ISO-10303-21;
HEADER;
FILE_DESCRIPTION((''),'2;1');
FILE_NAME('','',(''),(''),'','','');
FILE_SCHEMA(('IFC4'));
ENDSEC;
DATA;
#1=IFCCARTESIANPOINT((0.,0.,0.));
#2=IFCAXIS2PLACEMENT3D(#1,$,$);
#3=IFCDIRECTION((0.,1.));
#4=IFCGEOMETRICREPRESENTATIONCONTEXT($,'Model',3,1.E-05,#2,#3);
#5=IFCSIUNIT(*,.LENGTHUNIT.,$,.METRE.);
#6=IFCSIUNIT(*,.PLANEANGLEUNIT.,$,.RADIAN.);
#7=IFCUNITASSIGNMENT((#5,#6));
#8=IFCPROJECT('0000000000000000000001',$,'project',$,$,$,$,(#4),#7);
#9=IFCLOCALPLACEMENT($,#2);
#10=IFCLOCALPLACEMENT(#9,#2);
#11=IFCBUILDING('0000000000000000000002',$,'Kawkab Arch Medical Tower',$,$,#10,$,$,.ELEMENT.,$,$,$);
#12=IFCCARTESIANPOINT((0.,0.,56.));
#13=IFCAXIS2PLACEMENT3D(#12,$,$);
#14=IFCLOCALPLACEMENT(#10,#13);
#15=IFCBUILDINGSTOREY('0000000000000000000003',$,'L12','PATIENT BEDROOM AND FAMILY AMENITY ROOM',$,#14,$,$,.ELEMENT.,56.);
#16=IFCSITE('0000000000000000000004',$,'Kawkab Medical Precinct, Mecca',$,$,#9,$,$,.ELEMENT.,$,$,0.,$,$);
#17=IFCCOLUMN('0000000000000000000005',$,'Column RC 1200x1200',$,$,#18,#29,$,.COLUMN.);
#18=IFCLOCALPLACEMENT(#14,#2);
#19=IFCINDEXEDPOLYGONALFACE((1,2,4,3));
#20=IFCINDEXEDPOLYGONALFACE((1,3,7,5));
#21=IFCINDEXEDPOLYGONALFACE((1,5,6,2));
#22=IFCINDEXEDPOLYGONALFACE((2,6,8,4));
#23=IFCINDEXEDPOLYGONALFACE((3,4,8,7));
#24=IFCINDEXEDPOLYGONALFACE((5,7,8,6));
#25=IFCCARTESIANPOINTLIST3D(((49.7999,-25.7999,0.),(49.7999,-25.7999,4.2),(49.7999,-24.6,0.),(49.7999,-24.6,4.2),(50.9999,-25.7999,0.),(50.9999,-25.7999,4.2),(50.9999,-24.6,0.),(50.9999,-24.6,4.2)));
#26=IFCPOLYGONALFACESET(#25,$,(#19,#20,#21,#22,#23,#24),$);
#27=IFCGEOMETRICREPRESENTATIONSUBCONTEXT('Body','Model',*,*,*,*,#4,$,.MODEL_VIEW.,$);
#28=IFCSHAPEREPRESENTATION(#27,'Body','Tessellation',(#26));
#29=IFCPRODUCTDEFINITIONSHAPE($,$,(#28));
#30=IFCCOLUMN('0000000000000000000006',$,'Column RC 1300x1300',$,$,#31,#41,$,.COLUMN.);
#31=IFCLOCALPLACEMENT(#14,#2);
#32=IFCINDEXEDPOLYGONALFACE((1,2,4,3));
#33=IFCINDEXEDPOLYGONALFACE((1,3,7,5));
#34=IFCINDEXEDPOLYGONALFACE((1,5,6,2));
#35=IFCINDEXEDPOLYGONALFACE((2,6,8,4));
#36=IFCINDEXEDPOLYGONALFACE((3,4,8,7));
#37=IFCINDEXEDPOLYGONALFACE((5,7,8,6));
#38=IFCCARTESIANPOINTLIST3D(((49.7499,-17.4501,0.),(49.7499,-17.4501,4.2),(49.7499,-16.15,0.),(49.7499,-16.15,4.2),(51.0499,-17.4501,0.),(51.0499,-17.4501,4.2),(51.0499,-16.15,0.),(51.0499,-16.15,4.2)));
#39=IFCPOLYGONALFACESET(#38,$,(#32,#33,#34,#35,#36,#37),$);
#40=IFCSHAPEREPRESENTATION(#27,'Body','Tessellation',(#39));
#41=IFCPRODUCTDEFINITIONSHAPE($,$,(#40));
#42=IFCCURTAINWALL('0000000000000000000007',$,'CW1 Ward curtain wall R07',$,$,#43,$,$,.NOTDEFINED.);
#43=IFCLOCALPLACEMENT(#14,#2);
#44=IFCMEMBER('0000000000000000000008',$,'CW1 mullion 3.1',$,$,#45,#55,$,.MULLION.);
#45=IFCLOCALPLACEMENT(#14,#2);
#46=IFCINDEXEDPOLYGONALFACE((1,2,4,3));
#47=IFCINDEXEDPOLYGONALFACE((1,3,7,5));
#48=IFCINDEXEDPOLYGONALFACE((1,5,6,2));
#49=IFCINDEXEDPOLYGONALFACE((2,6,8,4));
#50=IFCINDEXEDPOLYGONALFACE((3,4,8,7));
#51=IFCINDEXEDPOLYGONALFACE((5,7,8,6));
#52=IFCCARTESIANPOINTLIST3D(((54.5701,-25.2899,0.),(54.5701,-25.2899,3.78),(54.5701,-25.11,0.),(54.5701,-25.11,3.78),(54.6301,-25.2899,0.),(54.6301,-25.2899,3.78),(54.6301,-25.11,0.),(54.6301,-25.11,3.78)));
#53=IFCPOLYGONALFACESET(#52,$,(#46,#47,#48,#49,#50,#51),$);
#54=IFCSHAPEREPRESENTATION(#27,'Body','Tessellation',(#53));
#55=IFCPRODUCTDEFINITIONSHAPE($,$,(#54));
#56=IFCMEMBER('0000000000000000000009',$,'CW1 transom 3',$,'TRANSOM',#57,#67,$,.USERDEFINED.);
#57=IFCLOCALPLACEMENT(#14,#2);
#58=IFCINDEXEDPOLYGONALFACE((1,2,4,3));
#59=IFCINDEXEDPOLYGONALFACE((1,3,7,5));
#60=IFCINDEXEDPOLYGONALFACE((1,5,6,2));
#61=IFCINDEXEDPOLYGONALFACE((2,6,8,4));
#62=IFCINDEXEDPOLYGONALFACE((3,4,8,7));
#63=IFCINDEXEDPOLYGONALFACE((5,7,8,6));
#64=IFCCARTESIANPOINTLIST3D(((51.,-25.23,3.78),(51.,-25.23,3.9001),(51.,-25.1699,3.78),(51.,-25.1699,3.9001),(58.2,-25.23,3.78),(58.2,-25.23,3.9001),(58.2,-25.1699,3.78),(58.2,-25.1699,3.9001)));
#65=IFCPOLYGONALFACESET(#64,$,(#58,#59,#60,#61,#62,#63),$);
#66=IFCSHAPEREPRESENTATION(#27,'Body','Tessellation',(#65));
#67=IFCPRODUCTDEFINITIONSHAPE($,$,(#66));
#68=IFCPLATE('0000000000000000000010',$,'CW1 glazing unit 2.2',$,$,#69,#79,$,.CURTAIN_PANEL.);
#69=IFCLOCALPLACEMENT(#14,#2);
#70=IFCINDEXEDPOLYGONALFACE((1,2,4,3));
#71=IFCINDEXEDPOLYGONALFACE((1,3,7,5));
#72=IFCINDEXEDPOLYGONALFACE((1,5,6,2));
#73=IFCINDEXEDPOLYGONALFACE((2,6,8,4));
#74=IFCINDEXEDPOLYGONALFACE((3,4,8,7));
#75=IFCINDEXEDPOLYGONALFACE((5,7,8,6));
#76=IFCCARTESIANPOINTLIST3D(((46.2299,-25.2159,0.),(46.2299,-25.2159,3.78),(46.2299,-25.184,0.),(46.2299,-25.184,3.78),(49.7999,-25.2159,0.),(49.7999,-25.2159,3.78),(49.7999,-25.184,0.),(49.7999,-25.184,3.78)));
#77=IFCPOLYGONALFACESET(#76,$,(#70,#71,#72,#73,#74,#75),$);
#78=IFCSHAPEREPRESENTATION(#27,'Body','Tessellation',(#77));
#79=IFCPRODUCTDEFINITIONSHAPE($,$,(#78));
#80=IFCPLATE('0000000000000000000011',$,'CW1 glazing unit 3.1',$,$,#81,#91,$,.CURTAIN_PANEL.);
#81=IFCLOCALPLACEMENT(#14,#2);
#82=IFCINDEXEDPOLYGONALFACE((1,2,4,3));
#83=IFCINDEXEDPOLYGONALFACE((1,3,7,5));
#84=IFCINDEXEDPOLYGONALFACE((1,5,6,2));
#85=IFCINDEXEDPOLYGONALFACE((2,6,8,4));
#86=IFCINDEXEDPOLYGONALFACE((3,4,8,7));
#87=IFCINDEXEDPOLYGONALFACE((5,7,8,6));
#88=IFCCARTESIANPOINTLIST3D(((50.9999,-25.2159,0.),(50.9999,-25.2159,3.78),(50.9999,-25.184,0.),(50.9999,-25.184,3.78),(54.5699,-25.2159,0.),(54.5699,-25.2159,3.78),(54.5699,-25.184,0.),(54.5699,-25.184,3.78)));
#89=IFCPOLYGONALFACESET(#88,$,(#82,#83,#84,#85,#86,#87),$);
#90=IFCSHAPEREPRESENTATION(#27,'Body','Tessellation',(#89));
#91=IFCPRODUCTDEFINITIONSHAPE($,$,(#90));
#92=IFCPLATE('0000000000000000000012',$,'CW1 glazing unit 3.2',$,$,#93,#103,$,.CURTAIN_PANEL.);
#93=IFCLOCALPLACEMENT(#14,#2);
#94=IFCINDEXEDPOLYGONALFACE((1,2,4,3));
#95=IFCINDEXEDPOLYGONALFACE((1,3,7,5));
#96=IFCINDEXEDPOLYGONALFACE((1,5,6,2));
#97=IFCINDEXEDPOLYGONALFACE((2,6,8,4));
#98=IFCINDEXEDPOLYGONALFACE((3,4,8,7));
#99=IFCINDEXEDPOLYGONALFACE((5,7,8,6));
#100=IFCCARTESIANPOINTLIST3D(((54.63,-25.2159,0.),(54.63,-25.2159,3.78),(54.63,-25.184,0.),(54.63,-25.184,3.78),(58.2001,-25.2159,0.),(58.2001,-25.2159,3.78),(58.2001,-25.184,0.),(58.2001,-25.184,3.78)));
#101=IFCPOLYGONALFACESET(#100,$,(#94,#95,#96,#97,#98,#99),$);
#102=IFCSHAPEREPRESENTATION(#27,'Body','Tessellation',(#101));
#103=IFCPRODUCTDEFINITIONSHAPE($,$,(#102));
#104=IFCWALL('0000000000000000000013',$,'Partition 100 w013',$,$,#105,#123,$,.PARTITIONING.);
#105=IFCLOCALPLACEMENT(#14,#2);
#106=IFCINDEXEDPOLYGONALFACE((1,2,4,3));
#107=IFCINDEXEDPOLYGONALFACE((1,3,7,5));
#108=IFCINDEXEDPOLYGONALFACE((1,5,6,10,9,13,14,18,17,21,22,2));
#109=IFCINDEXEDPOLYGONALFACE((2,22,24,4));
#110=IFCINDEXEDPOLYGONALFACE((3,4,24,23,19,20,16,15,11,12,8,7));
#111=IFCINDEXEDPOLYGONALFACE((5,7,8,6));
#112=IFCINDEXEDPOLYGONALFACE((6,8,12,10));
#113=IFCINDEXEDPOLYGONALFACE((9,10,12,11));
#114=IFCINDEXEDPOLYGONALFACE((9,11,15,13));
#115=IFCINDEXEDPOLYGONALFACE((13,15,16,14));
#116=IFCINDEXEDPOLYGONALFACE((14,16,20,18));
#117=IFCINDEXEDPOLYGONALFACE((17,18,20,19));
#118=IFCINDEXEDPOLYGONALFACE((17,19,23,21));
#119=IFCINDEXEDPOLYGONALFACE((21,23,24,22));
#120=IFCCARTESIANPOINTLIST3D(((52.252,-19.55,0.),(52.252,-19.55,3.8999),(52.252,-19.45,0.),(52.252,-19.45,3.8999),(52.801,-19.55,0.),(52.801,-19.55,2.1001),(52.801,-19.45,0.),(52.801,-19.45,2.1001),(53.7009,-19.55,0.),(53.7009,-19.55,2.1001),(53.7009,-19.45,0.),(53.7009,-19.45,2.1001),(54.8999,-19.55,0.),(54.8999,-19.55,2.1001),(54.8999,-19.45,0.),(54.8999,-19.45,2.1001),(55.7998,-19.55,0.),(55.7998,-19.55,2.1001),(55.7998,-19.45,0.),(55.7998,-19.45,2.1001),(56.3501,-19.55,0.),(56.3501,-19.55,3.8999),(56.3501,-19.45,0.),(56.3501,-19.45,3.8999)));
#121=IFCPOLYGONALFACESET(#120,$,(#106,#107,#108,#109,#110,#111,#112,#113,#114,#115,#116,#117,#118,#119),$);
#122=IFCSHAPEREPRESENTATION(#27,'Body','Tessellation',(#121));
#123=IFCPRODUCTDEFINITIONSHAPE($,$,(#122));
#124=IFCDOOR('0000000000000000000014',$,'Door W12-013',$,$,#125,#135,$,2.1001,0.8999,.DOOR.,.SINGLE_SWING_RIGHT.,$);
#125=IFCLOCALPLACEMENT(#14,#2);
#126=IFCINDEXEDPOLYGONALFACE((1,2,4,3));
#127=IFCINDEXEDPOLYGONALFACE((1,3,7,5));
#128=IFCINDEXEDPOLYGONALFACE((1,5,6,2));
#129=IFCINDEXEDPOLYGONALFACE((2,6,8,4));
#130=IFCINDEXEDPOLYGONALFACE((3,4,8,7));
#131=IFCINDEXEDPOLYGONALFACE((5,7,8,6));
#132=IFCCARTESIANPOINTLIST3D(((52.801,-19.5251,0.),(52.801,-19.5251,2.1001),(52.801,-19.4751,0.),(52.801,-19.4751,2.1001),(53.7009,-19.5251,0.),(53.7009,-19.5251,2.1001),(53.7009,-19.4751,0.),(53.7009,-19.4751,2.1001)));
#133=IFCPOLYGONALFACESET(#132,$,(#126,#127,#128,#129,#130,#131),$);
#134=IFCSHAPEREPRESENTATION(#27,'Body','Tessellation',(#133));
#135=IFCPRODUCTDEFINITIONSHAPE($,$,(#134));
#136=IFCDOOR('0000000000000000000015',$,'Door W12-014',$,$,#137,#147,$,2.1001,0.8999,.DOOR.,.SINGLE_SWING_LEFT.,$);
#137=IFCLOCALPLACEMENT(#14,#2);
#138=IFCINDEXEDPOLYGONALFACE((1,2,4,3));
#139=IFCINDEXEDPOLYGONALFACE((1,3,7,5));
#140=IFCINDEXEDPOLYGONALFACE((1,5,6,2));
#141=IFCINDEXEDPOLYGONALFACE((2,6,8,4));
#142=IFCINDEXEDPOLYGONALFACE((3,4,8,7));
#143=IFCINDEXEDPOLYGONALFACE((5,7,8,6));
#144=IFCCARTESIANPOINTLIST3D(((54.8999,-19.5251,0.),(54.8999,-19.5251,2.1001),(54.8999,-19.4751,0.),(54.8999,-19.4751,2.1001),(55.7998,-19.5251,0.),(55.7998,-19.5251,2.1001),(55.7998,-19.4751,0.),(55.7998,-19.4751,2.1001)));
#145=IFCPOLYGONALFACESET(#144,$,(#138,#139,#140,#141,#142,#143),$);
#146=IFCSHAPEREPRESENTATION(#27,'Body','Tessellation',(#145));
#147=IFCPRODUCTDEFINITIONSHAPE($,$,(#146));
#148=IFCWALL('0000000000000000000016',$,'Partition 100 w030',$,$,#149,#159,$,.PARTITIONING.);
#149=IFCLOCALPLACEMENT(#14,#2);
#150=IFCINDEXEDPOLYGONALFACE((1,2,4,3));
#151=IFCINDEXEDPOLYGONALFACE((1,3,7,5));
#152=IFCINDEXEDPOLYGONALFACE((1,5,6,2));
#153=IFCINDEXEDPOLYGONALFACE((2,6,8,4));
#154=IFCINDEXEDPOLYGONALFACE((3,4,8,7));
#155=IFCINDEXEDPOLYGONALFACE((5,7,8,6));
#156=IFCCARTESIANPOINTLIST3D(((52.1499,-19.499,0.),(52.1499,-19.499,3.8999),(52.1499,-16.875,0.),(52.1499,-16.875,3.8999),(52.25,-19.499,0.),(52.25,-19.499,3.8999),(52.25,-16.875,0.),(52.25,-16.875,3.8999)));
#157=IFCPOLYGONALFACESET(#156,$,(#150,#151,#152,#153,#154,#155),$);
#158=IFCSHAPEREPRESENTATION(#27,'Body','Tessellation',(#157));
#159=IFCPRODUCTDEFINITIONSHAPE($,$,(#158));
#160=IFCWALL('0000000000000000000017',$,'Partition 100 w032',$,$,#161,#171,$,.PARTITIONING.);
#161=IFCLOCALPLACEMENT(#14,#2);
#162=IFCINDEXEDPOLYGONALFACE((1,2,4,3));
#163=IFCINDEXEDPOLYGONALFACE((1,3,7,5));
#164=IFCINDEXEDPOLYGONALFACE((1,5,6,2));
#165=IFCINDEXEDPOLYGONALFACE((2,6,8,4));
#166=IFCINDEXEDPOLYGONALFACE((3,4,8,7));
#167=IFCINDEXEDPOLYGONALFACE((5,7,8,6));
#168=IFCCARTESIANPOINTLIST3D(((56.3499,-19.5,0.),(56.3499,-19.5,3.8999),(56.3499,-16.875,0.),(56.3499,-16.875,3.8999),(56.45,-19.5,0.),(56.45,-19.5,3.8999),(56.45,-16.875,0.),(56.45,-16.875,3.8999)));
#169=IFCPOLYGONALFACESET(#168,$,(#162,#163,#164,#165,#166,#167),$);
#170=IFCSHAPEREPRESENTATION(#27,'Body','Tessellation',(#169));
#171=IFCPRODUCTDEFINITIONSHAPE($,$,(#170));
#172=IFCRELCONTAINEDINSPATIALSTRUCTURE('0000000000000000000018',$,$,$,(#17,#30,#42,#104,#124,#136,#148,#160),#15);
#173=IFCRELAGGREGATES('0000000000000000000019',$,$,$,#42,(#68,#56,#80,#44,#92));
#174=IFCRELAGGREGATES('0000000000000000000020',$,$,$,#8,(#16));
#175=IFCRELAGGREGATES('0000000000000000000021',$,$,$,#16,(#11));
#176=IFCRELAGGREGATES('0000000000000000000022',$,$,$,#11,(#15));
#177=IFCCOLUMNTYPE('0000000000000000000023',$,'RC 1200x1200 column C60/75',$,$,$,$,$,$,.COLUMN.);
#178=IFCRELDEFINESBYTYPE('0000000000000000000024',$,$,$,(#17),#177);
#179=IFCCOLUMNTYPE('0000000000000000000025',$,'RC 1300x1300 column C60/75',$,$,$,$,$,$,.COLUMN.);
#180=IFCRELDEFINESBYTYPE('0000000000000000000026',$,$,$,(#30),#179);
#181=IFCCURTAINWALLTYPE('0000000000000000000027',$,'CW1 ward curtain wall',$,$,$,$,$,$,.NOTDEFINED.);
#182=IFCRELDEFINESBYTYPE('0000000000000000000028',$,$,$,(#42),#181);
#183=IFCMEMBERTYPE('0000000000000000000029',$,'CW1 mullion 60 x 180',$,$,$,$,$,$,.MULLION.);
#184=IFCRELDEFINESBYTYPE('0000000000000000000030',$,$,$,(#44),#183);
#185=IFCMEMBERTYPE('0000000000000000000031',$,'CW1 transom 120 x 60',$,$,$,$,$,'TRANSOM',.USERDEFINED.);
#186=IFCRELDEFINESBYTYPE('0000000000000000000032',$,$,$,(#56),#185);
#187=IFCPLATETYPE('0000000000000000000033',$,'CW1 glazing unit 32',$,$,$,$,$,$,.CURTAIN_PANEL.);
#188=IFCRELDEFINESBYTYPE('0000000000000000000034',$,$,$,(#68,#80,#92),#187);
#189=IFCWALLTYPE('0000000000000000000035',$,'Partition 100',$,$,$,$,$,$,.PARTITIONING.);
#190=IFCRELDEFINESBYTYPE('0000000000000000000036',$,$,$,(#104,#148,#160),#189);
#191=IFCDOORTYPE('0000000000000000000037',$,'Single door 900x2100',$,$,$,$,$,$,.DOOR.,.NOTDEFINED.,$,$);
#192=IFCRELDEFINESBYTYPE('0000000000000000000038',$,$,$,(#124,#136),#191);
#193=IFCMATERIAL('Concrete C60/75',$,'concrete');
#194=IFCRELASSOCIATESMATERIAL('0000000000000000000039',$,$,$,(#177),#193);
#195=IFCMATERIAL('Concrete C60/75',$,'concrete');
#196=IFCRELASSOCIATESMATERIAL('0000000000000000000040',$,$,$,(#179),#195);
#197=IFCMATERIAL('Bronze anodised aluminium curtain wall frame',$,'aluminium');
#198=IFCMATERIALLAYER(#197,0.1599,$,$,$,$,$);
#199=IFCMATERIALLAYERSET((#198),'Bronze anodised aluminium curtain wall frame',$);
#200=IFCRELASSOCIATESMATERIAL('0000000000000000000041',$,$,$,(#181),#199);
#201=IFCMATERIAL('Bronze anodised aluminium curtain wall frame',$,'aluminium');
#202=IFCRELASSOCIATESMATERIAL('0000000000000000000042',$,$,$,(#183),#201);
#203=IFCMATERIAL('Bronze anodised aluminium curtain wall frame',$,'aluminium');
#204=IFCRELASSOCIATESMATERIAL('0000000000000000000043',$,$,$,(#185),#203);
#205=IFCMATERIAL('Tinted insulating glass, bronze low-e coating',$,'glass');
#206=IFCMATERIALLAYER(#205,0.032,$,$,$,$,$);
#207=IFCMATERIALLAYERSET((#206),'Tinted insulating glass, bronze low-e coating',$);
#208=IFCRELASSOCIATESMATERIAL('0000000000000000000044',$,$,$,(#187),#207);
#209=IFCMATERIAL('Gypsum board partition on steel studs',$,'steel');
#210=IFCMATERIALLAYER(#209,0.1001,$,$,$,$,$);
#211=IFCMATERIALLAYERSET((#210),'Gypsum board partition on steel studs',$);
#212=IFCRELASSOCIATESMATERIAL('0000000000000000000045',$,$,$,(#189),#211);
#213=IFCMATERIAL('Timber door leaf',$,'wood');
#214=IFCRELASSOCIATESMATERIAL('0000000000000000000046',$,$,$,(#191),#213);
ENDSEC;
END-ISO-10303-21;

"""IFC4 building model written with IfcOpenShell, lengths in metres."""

from ifc_helpers import new_model, si_unit, direction, frame, frame_2d, origin, origin_2d, place, context, subcontext, project, spatial, rectangle, extrude, material, layer, layer_set, material_profile, profile_set, type_object, element, fill, aggregate, save


model = new_model("IFC4")

# Units and contexts
model_context = context("Model", 3, precision=1e-05, world=origin(), true_north=direction((0.0, 1.0)))
body_context = subcontext(model_context, "Body", "Model", "MODEL_VIEW")
ifc_project = project(units=[si_unit("LENGTHUNIT", "METRE"), si_unit("PLANEANGLEUNIT", "RADIAN")], contexts=[model_context])

# Site, building, storey
site_placement = place(None, origin())
site = spatial("IfcSite", under=ifc_project, at=site_placement, Name="Kawkab Medical Precinct, Mecca", CompositionType="ELEMENT", RefElevation=0.0)
building_placement = place(site_placement, origin())
building = spatial("IfcBuilding", under=site, at=building_placement, Name="Kawkab Arch Medical Tower", CompositionType="ELEMENT")
storey_placement = place(building_placement, frame((0.0, 0.0, 56.0)))
storey = spatial("IfcBuildingStorey", under=building, at=storey_placement, Name="L12", Description="PATIENT BEDROOM AND FAMILY AMENITY ROOM", CompositionType="ELEMENT", Elevation=56.0)

# Columns
ifc_material_1 = material(Name="Concrete C60/75", Category="concrete")
ifc_material_profile_1 = material_profile(ifc_material_1, rectangle(XDim=1.2, YDim=1.2, at=origin_2d()), Name="RC 1200x1200")
ifc_profile_set_1 = profile_set([ifc_material_profile_1], Name="Concrete C60/75")
column_type_1 = type_object("IfcColumnType", Name="RC 1200x1200 column C60/75", PredefinedType="COLUMN", material=ifc_profile_set_1)
column_1_placement = place(storey_placement, frame((50.3999, -25.2, 0.0), z_axis=(0.0, 0.0, 1.0), x_axis=(1.0, 0.0, 0.0)))
element("IfcColumn", 1, at=column_1_placement, inside=storey, type_object=column_type_1, Name="Column RC 1200x1200", PredefinedType="COLUMN", context=body_context, shape_type="SweptSolid", body=[
    extrude(rectangle(XDim=1.2, YDim=1.2, at=origin_2d()), origin(), (0.0, 0.0, 1.0), 4.2),
])
ifc_material_2 = material(Name="Concrete C60/75", Category="concrete")
ifc_material_profile_2 = material_profile(ifc_material_2, rectangle(XDim=1.3, YDim=1.3, at=origin_2d()), Name="RC 1300x1300")
ifc_profile_set_2 = profile_set([ifc_material_profile_2], Name="Concrete C60/75")
column_type_2 = type_object("IfcColumnType", Name="RC 1300x1300 column C60/75", PredefinedType="COLUMN", material=ifc_profile_set_2)
column_2_placement = place(storey_placement, frame((50.3999, -16.8, 0.0), z_axis=(0.0, 0.0, 1.0), x_axis=(1.0, 0.0, 0.0)))
element("IfcColumn", 2, at=column_2_placement, inside=storey, type_object=column_type_2, Name="Column RC 1300x1300", PredefinedType="COLUMN", context=body_context, shape_type="SweptSolid", body=[
    extrude(rectangle(XDim=1.3, YDim=1.3, at=origin_2d()), origin(), (0.0, 0.0, 1.0), 4.2),
])

# Curtain wall, members, plates
ifc_material_3 = material(Name="Bronze anodised aluminium curtain wall frame", Category="aluminium")
ifc_layer_1 = layer(ifc_material_3, 0.1599)
ifc_layer_set_1 = layer_set([ifc_layer_1], Name="Bronze anodised aluminium curtain wall frame")
curtain_wall_type = type_object("IfcCurtainWallType", Name="CW1 ward curtain wall", PredefinedType="NOTDEFINED", material=ifc_layer_set_1)
curtain_wall_placement = place(storey_placement, origin())
curtain_wall = element("IfcCurtainWall", 3, at=curtain_wall_placement, inside=storey, type_object=curtain_wall_type, Name="CW1 Ward curtain wall R07", PredefinedType="NOTDEFINED")
ifc_material_4 = material(Name="Bronze anodised aluminium curtain wall frame", Category="aluminium")
ifc_material_profile_3 = material_profile(ifc_material_4, rectangle(XDim=0.1799, YDim=0.0601, at=origin_2d()), Name="AL 60x180")
ifc_profile_set_3 = profile_set([ifc_material_profile_3], Name="Bronze anodised aluminium curtain wall frame")
member_type_1 = type_object("IfcMemberType", Name="CW1 mullion 60 x 180", PredefinedType="MULLION", material=ifc_profile_set_3)
member_1_placement = place(storey_placement, frame((54.6001, -25.2, 0.0), z_axis=(0.0, 0.0, 1.0), x_axis=(0.0, 1.0, 0.0)))
member_1 = element("IfcMember", 4, at=member_1_placement, type_object=member_type_1, Name="CW1 mullion 3.1", PredefinedType="MULLION", context=body_context, shape_type="SweptSolid", body=[
    extrude(rectangle(XDim=0.1799, YDim=0.0601, at=origin_2d()), origin(), (0.0, 0.0, 1.0), 3.78),
])
ifc_material_5 = material(Name="Bronze anodised aluminium curtain wall frame", Category="aluminium")
ifc_material_profile_4 = material_profile(ifc_material_5, rectangle(XDim=0.0601, YDim=0.1201, at=origin_2d()), Name="AL 60x120")
ifc_profile_set_4 = profile_set([ifc_material_profile_4], Name="Bronze anodised aluminium curtain wall frame")
member_type_2 = type_object("IfcMemberType", Name="CW1 transom 120 x 60", ElementType="TRANSOM", PredefinedType="USERDEFINED", material=ifc_profile_set_4)
member_2_placement = place(storey_placement, frame((51.0, -25.2, 3.8401), z_axis=(1.0, 0.0, 0.0), x_axis=(0.0, 1.0, 0.0)))
member_2 = element("IfcMember", 5, at=member_2_placement, type_object=member_type_2, Name="CW1 transom 3", ObjectType="TRANSOM", PredefinedType="USERDEFINED", context=body_context, shape_type="SweptSolid", body=[
    extrude(rectangle(XDim=0.0601, YDim=0.1201, at=origin_2d()), origin(), (0.0, 0.0, 1.0), 7.2),
])
ifc_material_6 = material(Name="Tinted insulating glass, bronze low-e coating", Category="glass")
ifc_layer_2 = layer(ifc_material_6, 0.032)
ifc_layer_set_2 = layer_set([ifc_layer_2], Name="Tinted insulating glass, bronze low-e coating")
plate_type = type_object("IfcPlateType", Name="CW1 glazing unit 32", PredefinedType="CURTAIN_PANEL", material=ifc_layer_set_2)
plate_1_placement = place(storey_placement, frame((48.0149, -25.2, 0.0), z_axis=(0.0, 0.0, 1.0), x_axis=(1.0, 0.0, 0.0)))
plate_1 = element("IfcPlate", 6, at=plate_1_placement, type_object=plate_type, Name="CW1 glazing unit 2.2", PredefinedType="CURTAIN_PANEL", context=body_context, shape_type="SweptSolid", body=[
    extrude(rectangle(XDim=3.5701, YDim=0.032, at=origin_2d()), origin(), (0.0, 0.0, 1.0), 3.78),
])
plate_2_placement = place(storey_placement, frame((52.7849, -25.2, 0.0), z_axis=(0.0, 0.0, 1.0), x_axis=(1.0, 0.0, 0.0)))
plate_2 = element("IfcPlate", 7, at=plate_2_placement, type_object=plate_type, Name="CW1 glazing unit 3.1", PredefinedType="CURTAIN_PANEL", context=body_context, shape_type="SweptSolid", body=[
    extrude(rectangle(XDim=3.5701, YDim=0.032, at=origin_2d()), origin(), (0.0, 0.0, 1.0), 3.78),
])
plate_3_placement = place(storey_placement, frame((56.415, -25.2, 0.0), z_axis=(0.0, 0.0, 1.0), x_axis=(1.0, 0.0, 0.0)))
plate_3 = element("IfcPlate", 8, at=plate_3_placement, type_object=plate_type, Name="CW1 glazing unit 3.2", PredefinedType="CURTAIN_PANEL", context=body_context, shape_type="SweptSolid", body=[
    extrude(rectangle(XDim=3.5701, YDim=0.032, at=origin_2d()), origin(), (0.0, 0.0, 1.0), 3.78),
])
aggregate(curtain_wall, [plate_1, member_2, plate_2, member_1, plate_3])

# Wall, openings, doors
ifc_material_7 = material(Name="Gypsum board partition on steel studs", Category="steel")
ifc_layer_3 = layer(ifc_material_7, 0.1001)
ifc_layer_set_3 = layer_set([ifc_layer_3], Name="Gypsum board partition on steel studs")
wall_type_1 = type_object("IfcWallType", Name="Partition 100", PredefinedType="PARTITIONING", material=ifc_layer_set_3)
wall_1_placement = place(storey_placement, frame((52.252, -19.5, 0.0), z_axis=(0.0, 0.0, 1.0), x_axis=(1.0, 0.0, 0.0)))
wall_1 = element("IfcWall", 9, at=wall_1_placement, inside=storey, type_object=wall_type_1, Name="Partition 100 w013", PredefinedType="PARTITIONING", context=body_context, shape_type="SweptSolid", body=[
    extrude(rectangle(XDim=4.0981, YDim=0.1001, at=frame_2d((2.0491, 0.0))), origin(), (0.0, 0.0, 1.0), 3.8999),
])
opening_1_placement = place(wall_1_placement, frame((0.5491, 0.0, 0.0)))
opening_1 = element("IfcOpeningElement", 10, at=opening_1_placement, cuts=wall_1, PredefinedType="OPENING", context=body_context, shape_type="SweptSolid", body=[
    extrude(rectangle(XDim=0.8999, YDim=2.1001, at=frame_2d((0.45, 1.05))), frame((0.0, 0.0601, 0.0), z_axis=(0.0, -1.0, 0.0), x_axis=(1.0, 0.0, 0.0)), (0.0, 0.0, 1.0), 0.1201),
])
opening_2_placement = place(wall_1_placement, frame((2.6479, 0.0, 0.0)))
opening_2 = element("IfcOpeningElement", 11, at=opening_2_placement, cuts=wall_1, PredefinedType="OPENING", context=body_context, shape_type="SweptSolid", body=[
    extrude(rectangle(XDim=0.8999, YDim=2.1001, at=frame_2d((0.45, 1.05))), frame((0.0, 0.0601, 0.0), z_axis=(0.0, -1.0, 0.0), x_axis=(1.0, 0.0, 0.0)), (0.0, 0.0, 1.0), 0.1201),
])
ifc_material_8 = material(Name="Timber door leaf", Category="wood")
door_type = type_object("IfcDoorType", Name="Single door 900x2100", OperationType="NOTDEFINED", PredefinedType="DOOR", material=ifc_material_8)
door_1_placement = place(opening_1_placement, origin())
door_1 = element("IfcDoor", 12, at=door_1_placement, inside=storey, type_object=door_type, Name="Door W12-013", OperationType="SINGLE_SWING_RIGHT", OverallHeight=2.1001, OverallWidth=0.8999, PredefinedType="DOOR", context=body_context, shape_type="SweptSolid", body=[
    extrude(rectangle(XDim=0.8999, YDim=2.1001, at=frame_2d((0.45, 1.05))), frame((0.0, 0.0249, 0.0), z_axis=(0.0, -1.0, 0.0), x_axis=(1.0, 0.0, 0.0)), (0.0, 0.0, 1.0), 0.05),
])
fill(opening_1, door_1)
door_2_placement = place(opening_2_placement, origin())
door_2 = element("IfcDoor", 13, at=door_2_placement, inside=storey, type_object=door_type, Name="Door W12-014", OperationType="SINGLE_SWING_LEFT", OverallHeight=2.1001, OverallWidth=0.8999, PredefinedType="DOOR", context=body_context, shape_type="SweptSolid", body=[
    extrude(rectangle(XDim=0.8999, YDim=2.1001, at=frame_2d((0.45, 1.05))), frame((0.0, 0.0249, 0.0), z_axis=(0.0, -1.0, 0.0), x_axis=(1.0, 0.0, 0.0)), (0.0, 0.0, 1.0), 0.05),
])
fill(opening_2, door_2)

# Walls
wall_2_placement = place(storey_placement, frame((52.2, -19.499, 0.0), z_axis=(0.0, 0.0, 1.0), x_axis=(0.0, 1.0, 0.0)))
element("IfcWall", 14, at=wall_2_placement, inside=storey, type_object=wall_type_1, Name="Partition 100 w030", PredefinedType="PARTITIONING", context=body_context, shape_type="SweptSolid", body=[
    extrude(rectangle(XDim=2.624, YDim=0.1001, at=frame_2d((1.312, 0.0))), origin(), (0.0, 0.0, 1.0), 3.8999),
])
wall_3_placement = place(storey_placement, frame((56.3999, -19.5, 0.0), z_axis=(0.0, 0.0, 1.0), x_axis=(0.0, 1.0, 0.0)))
element("IfcWall", 15, at=wall_3_placement, inside=storey, type_object=wall_type_1, Name="Partition 100 w032", PredefinedType="PARTITIONING", context=body_context, shape_type="SweptSolid", body=[
    extrude(rectangle(XDim=2.625, YDim=0.1001, at=frame_2d((1.3125, 0.0))), origin(), (0.0, 0.0, 1.0), 3.8999),
])

save(model, "model.ifc")
